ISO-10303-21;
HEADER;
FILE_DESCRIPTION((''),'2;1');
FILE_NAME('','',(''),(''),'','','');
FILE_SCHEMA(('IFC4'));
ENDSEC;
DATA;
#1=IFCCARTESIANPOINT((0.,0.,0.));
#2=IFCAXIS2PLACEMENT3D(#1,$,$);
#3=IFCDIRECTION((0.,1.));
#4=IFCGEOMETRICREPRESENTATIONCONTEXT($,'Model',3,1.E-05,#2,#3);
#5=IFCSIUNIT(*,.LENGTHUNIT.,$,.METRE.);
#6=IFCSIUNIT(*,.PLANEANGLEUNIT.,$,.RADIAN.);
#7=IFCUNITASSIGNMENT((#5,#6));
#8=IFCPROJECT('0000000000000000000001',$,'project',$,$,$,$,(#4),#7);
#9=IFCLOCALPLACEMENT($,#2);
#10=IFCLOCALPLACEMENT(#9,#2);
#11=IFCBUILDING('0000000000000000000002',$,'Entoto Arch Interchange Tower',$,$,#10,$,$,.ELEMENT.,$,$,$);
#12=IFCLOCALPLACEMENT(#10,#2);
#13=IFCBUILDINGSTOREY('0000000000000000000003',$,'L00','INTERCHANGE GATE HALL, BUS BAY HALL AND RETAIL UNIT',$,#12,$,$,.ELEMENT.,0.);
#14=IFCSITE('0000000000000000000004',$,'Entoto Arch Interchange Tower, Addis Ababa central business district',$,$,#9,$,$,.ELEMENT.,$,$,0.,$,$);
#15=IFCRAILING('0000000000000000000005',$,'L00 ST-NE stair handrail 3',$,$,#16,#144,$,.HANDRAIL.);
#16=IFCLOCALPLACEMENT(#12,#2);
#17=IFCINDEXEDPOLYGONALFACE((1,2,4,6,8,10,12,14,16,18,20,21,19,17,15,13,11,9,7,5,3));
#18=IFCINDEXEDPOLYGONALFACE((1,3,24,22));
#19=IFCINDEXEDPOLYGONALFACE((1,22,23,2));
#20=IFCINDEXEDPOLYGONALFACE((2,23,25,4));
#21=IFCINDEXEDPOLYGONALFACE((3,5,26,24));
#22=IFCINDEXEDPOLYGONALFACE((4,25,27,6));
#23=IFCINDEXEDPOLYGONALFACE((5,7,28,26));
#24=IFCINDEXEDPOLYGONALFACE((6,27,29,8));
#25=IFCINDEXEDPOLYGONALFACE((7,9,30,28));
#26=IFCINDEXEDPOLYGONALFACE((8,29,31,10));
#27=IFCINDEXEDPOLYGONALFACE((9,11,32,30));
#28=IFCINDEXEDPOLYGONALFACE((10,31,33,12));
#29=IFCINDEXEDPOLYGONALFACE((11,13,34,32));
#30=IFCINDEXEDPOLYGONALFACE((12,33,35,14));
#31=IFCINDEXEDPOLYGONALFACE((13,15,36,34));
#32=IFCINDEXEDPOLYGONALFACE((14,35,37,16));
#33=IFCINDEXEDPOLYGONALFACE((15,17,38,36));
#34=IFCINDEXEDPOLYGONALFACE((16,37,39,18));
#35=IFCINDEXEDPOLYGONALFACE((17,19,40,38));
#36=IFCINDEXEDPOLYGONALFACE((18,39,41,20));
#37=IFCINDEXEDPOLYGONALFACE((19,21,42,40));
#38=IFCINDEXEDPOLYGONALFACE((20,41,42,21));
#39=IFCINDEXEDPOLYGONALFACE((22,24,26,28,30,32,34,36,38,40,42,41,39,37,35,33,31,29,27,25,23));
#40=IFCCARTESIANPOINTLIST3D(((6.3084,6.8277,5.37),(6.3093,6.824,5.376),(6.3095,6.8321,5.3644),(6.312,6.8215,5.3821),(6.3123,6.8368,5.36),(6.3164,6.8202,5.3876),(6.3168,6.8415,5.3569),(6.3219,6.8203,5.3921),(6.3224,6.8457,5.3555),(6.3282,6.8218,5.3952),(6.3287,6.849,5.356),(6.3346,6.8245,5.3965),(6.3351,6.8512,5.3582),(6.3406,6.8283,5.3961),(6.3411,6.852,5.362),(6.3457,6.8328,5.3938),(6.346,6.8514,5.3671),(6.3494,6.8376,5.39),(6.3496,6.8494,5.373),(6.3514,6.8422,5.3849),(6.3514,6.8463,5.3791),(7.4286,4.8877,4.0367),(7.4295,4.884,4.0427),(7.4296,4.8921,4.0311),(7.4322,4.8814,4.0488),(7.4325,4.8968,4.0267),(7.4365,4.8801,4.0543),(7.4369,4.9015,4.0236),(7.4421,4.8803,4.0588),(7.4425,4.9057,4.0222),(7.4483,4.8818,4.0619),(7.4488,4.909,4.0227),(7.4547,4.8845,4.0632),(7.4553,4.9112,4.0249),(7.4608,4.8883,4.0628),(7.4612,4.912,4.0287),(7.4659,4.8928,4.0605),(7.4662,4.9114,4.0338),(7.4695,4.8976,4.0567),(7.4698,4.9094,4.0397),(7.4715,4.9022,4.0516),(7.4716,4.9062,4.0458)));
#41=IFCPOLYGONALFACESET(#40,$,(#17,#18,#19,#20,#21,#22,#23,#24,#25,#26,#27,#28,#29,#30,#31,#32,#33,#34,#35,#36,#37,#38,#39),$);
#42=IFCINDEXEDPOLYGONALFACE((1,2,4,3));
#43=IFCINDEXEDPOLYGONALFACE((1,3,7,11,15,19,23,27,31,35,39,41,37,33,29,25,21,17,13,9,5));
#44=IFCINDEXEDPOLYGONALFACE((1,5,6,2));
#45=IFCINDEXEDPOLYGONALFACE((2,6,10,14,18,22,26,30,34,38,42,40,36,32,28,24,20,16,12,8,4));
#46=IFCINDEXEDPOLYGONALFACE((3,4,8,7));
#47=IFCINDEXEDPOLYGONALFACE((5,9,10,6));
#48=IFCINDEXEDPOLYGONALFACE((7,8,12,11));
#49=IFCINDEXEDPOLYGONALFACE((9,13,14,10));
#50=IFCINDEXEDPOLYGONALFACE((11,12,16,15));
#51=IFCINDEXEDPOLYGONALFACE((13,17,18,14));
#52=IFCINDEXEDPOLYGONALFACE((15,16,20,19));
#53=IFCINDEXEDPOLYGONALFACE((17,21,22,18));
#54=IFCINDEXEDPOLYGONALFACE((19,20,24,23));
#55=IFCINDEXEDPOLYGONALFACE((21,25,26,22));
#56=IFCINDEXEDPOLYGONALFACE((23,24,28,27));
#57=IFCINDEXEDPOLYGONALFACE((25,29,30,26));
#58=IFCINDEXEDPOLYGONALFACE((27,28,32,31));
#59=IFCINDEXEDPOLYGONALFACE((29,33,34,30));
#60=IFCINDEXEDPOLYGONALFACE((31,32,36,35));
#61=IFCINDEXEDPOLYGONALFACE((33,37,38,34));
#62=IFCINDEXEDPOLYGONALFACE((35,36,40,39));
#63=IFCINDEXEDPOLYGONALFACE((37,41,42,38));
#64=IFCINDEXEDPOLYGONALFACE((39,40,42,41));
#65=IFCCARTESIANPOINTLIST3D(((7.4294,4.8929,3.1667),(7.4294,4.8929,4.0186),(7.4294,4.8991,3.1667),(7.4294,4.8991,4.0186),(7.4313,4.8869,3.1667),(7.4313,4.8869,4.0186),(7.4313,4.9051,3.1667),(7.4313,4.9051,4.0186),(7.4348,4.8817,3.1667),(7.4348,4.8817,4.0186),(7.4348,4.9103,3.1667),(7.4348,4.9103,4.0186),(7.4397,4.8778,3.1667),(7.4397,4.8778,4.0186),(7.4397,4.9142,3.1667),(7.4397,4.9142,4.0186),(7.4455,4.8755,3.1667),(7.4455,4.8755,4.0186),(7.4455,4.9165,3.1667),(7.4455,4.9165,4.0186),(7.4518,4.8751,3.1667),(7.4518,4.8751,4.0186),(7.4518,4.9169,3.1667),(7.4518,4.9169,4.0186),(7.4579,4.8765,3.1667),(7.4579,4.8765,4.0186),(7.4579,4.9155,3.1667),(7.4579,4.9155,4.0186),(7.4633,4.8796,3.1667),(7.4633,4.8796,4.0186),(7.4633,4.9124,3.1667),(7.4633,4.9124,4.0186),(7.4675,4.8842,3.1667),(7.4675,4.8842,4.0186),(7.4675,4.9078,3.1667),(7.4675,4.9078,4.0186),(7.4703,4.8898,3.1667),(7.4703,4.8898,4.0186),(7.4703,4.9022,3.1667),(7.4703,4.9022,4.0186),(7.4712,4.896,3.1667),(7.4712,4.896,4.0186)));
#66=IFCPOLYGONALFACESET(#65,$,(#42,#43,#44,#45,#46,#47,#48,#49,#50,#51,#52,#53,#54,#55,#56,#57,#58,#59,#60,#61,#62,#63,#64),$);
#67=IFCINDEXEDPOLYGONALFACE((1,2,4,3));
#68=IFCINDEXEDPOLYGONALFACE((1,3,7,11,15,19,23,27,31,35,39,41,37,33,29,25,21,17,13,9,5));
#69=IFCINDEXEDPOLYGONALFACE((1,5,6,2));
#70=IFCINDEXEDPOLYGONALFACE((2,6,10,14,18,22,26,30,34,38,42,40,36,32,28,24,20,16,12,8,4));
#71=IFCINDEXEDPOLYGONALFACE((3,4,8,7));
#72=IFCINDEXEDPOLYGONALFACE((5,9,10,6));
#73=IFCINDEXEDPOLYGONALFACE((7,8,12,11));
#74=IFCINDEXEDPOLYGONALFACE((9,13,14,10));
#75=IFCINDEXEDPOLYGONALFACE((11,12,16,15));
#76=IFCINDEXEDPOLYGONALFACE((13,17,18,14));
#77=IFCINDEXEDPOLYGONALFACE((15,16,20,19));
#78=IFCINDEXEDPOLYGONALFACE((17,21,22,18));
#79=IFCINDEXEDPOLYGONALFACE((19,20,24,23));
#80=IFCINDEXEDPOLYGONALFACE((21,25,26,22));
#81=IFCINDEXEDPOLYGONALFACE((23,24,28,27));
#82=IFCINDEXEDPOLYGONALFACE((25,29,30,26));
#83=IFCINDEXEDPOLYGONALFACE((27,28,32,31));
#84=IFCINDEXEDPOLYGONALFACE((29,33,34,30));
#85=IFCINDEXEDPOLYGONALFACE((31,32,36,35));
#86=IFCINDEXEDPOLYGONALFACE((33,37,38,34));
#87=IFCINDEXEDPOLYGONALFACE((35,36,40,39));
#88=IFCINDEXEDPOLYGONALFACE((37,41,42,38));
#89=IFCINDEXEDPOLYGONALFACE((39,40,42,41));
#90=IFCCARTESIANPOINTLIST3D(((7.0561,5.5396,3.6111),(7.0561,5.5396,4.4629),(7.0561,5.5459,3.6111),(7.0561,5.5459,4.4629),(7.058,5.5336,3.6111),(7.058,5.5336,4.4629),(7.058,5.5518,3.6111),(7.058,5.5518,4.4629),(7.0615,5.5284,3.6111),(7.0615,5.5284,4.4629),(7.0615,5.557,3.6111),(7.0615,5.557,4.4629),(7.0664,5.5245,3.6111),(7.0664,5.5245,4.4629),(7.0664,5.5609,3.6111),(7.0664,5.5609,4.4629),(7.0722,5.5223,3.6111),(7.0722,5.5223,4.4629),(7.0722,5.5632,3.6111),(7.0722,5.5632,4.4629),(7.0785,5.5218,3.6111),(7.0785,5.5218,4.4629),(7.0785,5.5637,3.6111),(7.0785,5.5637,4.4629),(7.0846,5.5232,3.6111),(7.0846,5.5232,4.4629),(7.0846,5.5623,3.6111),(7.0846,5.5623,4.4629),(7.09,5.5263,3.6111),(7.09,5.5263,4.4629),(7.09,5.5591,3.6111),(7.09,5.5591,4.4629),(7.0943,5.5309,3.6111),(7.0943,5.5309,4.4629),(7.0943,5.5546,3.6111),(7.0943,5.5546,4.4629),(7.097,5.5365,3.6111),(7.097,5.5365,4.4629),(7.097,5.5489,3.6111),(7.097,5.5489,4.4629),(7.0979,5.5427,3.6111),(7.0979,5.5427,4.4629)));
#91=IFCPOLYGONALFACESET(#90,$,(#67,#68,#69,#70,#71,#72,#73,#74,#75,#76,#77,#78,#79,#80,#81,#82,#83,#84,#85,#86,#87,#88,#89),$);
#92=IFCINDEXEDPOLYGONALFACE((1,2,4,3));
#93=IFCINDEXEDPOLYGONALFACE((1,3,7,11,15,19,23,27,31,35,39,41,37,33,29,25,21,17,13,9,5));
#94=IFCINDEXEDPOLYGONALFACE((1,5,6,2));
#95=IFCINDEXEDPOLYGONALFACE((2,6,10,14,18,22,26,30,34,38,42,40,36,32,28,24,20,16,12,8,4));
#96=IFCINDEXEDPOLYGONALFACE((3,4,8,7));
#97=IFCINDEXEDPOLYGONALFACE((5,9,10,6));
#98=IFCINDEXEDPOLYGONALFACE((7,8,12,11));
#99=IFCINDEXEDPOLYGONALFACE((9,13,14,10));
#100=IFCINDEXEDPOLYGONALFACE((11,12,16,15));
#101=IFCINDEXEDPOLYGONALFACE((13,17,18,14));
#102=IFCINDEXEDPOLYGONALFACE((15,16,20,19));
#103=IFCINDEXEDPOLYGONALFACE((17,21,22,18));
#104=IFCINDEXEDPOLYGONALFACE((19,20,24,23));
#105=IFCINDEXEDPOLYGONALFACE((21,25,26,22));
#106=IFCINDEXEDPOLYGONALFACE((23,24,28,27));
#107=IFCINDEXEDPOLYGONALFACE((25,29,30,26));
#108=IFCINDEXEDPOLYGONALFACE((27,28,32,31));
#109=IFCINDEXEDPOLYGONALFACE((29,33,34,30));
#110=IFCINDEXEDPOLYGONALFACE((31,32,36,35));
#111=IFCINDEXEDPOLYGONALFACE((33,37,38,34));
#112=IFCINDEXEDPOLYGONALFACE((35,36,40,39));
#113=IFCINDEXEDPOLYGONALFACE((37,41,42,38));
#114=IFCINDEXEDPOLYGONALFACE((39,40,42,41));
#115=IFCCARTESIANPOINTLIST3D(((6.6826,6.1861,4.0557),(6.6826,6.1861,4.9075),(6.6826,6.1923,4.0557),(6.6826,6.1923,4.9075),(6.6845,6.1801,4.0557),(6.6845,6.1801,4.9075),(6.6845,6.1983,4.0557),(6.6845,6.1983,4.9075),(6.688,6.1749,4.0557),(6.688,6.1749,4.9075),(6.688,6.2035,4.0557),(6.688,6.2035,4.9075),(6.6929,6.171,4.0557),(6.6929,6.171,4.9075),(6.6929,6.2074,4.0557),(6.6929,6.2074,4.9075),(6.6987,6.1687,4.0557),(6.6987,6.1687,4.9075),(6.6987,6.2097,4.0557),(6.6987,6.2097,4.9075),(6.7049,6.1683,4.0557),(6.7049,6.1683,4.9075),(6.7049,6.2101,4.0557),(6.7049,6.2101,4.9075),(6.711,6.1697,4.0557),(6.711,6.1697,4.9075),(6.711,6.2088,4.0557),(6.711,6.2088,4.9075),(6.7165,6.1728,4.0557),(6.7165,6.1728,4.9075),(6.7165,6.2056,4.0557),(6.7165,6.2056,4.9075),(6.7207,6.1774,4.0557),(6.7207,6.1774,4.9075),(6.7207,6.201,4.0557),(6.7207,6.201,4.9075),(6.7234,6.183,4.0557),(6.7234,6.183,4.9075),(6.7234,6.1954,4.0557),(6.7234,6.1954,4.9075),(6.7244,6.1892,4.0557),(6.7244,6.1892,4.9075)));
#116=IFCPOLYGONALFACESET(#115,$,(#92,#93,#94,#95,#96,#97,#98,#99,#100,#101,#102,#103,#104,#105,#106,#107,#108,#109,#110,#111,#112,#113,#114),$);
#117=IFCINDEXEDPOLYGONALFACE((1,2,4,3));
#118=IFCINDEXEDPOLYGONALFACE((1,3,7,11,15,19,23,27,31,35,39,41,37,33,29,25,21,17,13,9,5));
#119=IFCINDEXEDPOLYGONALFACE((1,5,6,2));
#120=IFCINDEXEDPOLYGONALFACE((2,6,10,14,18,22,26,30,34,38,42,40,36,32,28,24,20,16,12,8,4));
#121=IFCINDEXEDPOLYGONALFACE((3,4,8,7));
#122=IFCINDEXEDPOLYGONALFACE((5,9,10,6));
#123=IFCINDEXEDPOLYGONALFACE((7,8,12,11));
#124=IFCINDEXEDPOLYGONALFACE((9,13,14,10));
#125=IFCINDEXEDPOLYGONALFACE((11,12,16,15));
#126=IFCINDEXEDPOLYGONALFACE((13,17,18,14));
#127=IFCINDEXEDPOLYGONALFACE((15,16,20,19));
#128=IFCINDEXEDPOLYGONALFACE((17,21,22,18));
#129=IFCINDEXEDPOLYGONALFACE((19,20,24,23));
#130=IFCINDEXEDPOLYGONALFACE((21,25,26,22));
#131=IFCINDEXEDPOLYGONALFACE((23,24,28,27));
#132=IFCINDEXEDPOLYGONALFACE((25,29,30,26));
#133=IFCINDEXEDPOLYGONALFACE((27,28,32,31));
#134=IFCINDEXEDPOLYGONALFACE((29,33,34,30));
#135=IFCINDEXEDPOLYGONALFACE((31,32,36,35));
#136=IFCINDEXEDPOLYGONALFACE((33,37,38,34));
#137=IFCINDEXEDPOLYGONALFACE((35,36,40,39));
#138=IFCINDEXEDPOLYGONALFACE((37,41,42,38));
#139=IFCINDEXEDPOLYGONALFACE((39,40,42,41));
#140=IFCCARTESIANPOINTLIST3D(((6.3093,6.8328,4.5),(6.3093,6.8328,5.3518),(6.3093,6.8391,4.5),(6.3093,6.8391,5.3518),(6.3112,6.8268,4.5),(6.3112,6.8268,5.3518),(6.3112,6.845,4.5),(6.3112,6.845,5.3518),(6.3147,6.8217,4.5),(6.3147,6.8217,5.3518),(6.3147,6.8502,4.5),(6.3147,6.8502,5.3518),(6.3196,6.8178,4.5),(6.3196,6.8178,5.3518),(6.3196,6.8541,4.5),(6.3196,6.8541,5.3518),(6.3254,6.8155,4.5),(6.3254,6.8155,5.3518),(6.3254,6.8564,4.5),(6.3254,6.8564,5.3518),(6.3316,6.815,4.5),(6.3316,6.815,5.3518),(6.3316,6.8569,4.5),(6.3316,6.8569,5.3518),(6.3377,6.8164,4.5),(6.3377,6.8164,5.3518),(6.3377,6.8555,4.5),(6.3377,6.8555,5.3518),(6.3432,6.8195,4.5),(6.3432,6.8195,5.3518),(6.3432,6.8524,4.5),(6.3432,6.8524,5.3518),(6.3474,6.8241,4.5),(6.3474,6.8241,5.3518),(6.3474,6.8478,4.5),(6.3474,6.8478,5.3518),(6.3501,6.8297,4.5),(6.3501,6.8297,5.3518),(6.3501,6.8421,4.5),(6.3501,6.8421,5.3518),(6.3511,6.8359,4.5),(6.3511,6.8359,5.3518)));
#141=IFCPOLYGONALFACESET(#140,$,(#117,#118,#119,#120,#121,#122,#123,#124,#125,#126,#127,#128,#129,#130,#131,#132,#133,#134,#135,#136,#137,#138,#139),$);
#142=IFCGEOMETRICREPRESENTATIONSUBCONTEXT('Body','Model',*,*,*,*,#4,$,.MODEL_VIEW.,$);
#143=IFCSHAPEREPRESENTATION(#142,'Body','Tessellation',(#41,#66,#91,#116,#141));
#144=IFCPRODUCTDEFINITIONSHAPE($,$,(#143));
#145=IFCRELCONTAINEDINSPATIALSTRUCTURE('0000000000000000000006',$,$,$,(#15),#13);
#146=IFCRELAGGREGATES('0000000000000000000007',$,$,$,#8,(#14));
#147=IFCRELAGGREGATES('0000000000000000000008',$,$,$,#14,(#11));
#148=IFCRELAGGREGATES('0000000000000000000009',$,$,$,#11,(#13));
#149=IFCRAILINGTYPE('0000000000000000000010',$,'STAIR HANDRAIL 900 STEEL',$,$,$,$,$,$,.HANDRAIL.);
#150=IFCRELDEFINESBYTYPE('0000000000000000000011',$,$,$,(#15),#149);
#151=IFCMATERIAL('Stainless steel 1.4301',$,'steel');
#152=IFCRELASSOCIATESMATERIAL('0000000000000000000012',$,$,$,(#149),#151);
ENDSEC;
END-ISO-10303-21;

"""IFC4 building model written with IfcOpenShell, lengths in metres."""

from ifc_helpers import new_model, si_unit, direction, frame, origin, origin_2d, place, context, subcontext, project, spatial, circle, extrude, material, type_object, element, save


model = new_model("IFC4")

# Units and contexts
model_context = context("Model", 3, precision=1e-05, world=origin(), true_north=direction((0.0, 1.0)))
body_context = subcontext(model_context, "Body", "Model", "MODEL_VIEW")
ifc_project = project(units=[si_unit("LENGTHUNIT", "METRE"), si_unit("PLANEANGLEUNIT", "RADIAN")], contexts=[model_context])

# Site, building, storey
site_placement = place(None, origin())
site = spatial("IfcSite", under=ifc_project, at=site_placement, Name="Entoto Arch Interchange Tower, Addis Ababa central business district", CompositionType="ELEMENT", RefElevation=0.0)
building_placement = place(site_placement, origin())
building = spatial("IfcBuilding", under=site, at=building_placement, Name="Entoto Arch Interchange Tower", CompositionType="ELEMENT")
storey_placement = place(building_placement, origin())
storey = spatial("IfcBuildingStorey", under=building, at=storey_placement, Name="L00", Description="INTERCHANGE GATE HALL, BUS BAY HALL AND RETAIL UNIT", CompositionType="ELEMENT", Elevation=0.0)

# Railing
ifc_material_1 = material(Name="Stainless steel 1.4301", Category="steel")
railing_type_1 = type_object("IfcRailingType", Name="STAIR HANDRAIL 900 STEEL", PredefinedType="HANDRAIL", material=ifc_material_1)
railing_1_placement = place(storey_placement, frame((7.4502, 4.896, 3.1667)))
element("IfcRailing", 1, at=railing_1_placement, inside=storey, type_object=railing_type_1, Name="L00 ST-NE stair handrail 3", PredefinedType="HANDRAIL", context=body_context, shape_type="SweptSolid", body=[
    extrude(circle(Radius=0.0239, at=origin_2d()), frame((0.0, 0.0, 0.876), z_axis=(-0.429684, 0.744175, 0.511444), x_axis=(-0.866008, -0.500031, 0.0)), (0.0, 0.0, 1.0), 2.6069),
    extrude(circle(Radius=0.021, at=origin_2d()), origin(), (0.0, 0.0, 1.0), 0.8518),
    extrude(circle(Radius=0.021, at=origin_2d()), frame((-0.3733, 0.6467, 0.4443)), (0.0, 0.0, 1.0), 0.8518),
    extrude(circle(Radius=0.021, at=origin_2d()), frame((-0.7468, 1.2932, 0.8889)), (0.0, 0.0, 1.0), 0.8518),
    extrude(circle(Radius=0.021, at=origin_2d()), frame((-1.1201, 1.9399, 1.3333)), (0.0, 0.0, 1.0), 0.8518),
])

save(model, "model.ifc")
